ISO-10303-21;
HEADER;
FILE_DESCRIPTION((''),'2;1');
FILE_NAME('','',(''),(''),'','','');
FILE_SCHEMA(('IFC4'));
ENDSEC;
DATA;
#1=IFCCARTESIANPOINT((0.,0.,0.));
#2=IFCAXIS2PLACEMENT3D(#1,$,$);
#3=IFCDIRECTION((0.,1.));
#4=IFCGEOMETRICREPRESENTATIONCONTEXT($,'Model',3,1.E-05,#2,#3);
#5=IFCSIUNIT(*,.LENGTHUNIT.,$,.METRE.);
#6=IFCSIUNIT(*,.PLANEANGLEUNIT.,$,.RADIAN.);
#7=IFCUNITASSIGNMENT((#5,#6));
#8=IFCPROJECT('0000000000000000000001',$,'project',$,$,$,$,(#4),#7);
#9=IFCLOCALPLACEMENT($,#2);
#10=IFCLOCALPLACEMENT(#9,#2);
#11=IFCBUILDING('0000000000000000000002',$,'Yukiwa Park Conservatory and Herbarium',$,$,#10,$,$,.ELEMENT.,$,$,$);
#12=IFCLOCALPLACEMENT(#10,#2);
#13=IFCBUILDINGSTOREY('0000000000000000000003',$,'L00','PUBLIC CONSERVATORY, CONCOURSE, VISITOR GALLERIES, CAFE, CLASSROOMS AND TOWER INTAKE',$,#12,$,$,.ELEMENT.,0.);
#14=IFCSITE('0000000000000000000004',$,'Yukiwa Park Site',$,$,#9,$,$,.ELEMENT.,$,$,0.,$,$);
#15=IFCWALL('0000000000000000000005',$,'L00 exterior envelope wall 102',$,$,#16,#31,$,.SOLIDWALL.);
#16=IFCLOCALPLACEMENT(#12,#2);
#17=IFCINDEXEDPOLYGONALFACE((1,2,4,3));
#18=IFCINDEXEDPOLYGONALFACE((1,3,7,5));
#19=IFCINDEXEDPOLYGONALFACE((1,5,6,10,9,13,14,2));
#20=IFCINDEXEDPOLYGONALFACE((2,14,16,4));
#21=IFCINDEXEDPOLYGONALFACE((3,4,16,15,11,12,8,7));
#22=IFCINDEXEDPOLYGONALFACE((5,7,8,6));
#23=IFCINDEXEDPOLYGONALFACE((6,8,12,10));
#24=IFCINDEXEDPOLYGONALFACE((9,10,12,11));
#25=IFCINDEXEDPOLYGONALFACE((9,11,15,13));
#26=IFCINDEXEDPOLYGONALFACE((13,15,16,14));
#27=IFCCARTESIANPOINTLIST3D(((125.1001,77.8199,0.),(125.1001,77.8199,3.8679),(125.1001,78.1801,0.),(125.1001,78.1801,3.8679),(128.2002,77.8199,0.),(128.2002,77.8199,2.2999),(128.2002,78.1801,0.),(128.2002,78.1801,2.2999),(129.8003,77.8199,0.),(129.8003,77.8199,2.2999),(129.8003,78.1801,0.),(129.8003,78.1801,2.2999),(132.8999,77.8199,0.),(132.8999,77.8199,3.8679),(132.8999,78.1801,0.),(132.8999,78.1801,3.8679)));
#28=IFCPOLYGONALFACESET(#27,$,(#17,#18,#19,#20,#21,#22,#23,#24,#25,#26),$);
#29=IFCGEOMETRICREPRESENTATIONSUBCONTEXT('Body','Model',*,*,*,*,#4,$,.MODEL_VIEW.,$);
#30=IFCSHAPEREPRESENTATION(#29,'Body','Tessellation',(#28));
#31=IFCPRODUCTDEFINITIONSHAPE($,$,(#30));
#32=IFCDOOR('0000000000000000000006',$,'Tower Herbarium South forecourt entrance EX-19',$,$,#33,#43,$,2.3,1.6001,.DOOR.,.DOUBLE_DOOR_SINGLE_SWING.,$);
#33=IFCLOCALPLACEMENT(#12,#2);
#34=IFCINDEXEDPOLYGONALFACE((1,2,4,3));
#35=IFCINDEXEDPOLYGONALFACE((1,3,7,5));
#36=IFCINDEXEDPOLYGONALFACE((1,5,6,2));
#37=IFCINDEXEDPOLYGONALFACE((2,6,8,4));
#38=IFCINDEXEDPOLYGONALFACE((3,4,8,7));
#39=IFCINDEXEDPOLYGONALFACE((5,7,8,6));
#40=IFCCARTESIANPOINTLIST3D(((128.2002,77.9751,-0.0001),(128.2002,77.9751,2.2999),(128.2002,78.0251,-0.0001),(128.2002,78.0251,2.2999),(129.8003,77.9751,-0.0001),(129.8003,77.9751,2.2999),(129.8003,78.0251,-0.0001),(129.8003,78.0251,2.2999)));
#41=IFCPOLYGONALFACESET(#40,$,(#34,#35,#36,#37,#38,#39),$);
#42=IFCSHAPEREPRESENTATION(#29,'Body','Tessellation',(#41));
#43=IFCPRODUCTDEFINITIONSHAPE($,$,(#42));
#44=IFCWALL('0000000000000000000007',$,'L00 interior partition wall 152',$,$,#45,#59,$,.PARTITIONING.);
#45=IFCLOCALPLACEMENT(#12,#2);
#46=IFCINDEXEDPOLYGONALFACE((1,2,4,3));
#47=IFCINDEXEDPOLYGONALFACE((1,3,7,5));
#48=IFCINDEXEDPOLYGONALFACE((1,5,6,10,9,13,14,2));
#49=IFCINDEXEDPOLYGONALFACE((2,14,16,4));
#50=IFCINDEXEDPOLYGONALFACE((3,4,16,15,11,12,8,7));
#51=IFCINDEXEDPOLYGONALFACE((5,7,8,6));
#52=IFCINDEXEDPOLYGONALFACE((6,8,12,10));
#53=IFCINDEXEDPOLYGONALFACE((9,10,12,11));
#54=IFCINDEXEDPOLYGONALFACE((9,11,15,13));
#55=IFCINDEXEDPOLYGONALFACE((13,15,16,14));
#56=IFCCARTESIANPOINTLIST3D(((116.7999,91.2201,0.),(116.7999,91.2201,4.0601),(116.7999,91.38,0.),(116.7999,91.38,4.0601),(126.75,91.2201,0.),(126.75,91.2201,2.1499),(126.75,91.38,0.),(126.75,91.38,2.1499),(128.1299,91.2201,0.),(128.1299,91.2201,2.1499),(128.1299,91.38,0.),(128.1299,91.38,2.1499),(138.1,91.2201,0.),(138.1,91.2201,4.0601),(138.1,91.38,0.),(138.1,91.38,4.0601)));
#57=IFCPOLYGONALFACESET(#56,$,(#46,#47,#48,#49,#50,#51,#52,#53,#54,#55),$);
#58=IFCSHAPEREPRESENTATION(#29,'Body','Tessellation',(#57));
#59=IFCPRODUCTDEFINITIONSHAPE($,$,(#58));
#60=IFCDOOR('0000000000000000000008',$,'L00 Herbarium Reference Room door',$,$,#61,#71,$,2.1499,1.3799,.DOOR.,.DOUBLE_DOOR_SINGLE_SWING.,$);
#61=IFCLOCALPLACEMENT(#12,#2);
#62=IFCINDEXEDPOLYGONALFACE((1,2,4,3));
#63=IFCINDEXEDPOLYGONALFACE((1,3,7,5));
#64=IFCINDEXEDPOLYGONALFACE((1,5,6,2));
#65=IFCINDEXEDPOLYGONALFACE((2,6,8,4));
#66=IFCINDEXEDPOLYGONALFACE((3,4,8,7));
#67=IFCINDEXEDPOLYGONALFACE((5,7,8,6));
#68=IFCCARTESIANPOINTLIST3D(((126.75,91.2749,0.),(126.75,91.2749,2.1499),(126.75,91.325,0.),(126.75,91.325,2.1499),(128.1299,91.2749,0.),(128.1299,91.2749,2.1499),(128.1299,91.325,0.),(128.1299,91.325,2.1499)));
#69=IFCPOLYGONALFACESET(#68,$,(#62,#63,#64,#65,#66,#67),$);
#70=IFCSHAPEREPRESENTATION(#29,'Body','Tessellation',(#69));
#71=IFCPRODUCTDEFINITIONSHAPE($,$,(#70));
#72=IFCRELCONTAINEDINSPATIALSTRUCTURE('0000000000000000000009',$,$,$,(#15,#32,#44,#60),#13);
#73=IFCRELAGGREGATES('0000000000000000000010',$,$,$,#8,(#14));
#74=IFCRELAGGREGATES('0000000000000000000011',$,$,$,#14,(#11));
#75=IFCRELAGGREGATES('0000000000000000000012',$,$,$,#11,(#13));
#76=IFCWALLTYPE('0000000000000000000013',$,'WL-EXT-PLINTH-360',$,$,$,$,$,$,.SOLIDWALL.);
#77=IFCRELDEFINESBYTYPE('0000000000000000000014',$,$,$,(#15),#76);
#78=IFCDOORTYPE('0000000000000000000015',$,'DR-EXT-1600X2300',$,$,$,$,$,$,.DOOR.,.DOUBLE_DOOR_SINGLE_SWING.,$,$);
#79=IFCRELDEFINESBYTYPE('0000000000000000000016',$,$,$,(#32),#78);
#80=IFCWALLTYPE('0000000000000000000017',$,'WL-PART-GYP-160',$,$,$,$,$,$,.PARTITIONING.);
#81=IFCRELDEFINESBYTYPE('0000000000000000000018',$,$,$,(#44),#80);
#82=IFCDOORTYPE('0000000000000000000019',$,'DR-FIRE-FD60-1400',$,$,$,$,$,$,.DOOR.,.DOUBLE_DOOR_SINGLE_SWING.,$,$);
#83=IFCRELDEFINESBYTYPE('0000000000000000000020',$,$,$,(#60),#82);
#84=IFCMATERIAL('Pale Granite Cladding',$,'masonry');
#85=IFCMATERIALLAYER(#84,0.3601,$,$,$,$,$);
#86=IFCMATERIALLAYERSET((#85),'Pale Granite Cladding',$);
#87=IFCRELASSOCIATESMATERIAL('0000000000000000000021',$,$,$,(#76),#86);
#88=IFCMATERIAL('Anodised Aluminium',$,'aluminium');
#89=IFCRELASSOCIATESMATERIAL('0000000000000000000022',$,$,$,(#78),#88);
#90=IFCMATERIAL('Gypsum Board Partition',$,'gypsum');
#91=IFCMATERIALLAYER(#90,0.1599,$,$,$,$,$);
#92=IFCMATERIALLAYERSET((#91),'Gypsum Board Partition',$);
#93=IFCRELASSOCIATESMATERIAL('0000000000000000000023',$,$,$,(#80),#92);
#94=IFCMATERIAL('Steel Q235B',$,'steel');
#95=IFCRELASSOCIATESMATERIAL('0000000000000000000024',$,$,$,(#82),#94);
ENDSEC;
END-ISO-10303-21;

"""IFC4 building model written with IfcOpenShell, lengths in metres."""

from ifc_helpers import new_model, si_unit, direction, frame, frame_2d, origin, place, context, subcontext, project, spatial, rectangle, extrude, material, layer, layer_set, type_object, element, fill, save


model = new_model("IFC4")

# Units and contexts
model_context = context("Model", 3, precision=1e-05, world=origin(), true_north=direction((0.0, 1.0)))
body_context = subcontext(model_context, "Body", "Model", "MODEL_VIEW")
ifc_project = project(units=[si_unit("LENGTHUNIT", "METRE"), si_unit("PLANEANGLEUNIT", "RADIAN")], contexts=[model_context])

# Site, building, storey
site_placement = place(None, origin())
site = spatial("IfcSite", under=ifc_project, at=site_placement, Name="Yukiwa Park Site", CompositionType="ELEMENT", RefElevation=0.0)
building_placement = place(site_placement, origin())
building = spatial("IfcBuilding", under=site, at=building_placement, Name="Yukiwa Park Conservatory and Herbarium", CompositionType="ELEMENT")
storey_placement = place(building_placement, origin())
storey = spatial("IfcBuildingStorey", under=building, at=storey_placement, Name="L00", Description="PUBLIC CONSERVATORY, CONCOURSE, VISITOR GALLERIES, CAFE, CLASSROOMS AND TOWER INTAKE", CompositionType="ELEMENT", Elevation=0.0)

# Shared definitions
ifc_material_1 = material(Name="Pale Granite Cladding", Category="masonry")
ifc_layer_1 = layer(ifc_material_1, 0.3601)
ifc_layer_set_1 = layer_set([ifc_layer_1], Name="Pale Granite Cladding")
wall_type_1 = type_object("IfcWallType", Name="WL-EXT-PLINTH-360", PredefinedType="SOLIDWALL", material=ifc_layer_set_1)

# Walls, openings, doors
wall_1_placement = place(storey_placement, frame((125.1001, 78.0, 0.0), z_axis=(0.0, 0.0, 1.0), x_axis=(1.0, 0.0, 0.0)))
wall_1 = element("IfcWall", 1, at=wall_1_placement, inside=storey, type_object=wall_type_1, Name="L00 exterior envelope wall 102", PredefinedType="SOLIDWALL", context=body_context, shape_type="SweptSolid", body=[
    extrude(rectangle(XDim=7.7998, YDim=0.3601, at=frame_2d((3.8999, 0.0))), origin(), (0.0, 0.0, 1.0), 3.8679),
])
opening_1_placement = place(wall_1_placement, frame((3.1001, 0.0, 0.0)))
opening_1 = element("IfcOpeningElement", 2, at=opening_1_placement, cuts=wall_1, PredefinedType="OPENING", context=body_context, shape_type="SweptSolid", body=[
    extrude(rectangle(XDim=1.6001, YDim=2.3, at=frame_2d((0.8, 1.1499))), frame((0.0, 0.1899, 0.0), z_axis=(0.0, -1.0, 0.0), x_axis=(1.0, 0.0, 0.0)), (0.0, 0.0, 1.0), 0.3801),
])
ifc_material_2 = material(Name="Anodised Aluminium", Category="aluminium")
door_type_1 = type_object("IfcDoorType", Name="DR-EXT-1600X2300", OperationType="DOUBLE_DOOR_SINGLE_SWING", PredefinedType="DOOR", material=ifc_material_2)
door_1_placement = place(opening_1_placement, frame((1.6001, 0.0, 0.0), z_axis=(0.0, 0.0, 1.0), x_axis=(-1.0, 0.0, 0.0)))
door_1 = element("IfcDoor", 3, at=door_1_placement, inside=storey, type_object=door_type_1, Name="Tower Herbarium South forecourt entrance EX-19", OperationType="DOUBLE_DOOR_SINGLE_SWING", OverallHeight=2.3, OverallWidth=1.6001, PredefinedType="DOOR", context=body_context, shape_type="SweptSolid", body=[
    extrude(rectangle(XDim=1.6001, YDim=2.3, at=frame_2d((0.8, 1.1499))), frame((0.0, 0.0249, 0.0), z_axis=(0.0, -1.0, 0.0), x_axis=(1.0, 0.0, 0.0)), (0.0, 0.0, 1.0), 0.05),
])
fill(opening_1, door_1)
ifc_material_3 = material(Name="Gypsum Board Partition", Category="gypsum")
ifc_layer_2 = layer(ifc_material_3, 0.1599)
ifc_layer_set_2 = layer_set([ifc_layer_2], Name="Gypsum Board Partition")
wall_type_2 = type_object("IfcWallType", Name="WL-PART-GYP-160", PredefinedType="PARTITIONING", material=ifc_layer_set_2)
wall_2_placement = place(storey_placement, frame((116.8, 91.3, 0.0), z_axis=(0.0, 0.0, 1.0), x_axis=(1.0, 0.0, 0.0)))
wall_2 = element("IfcWall", 4, at=wall_2_placement, inside=storey, type_object=wall_type_2, Name="L00 interior partition wall 152", PredefinedType="PARTITIONING", context=body_context, shape_type="SweptSolid", body=[
    extrude(rectangle(XDim=21.3, YDim=0.1599, at=frame_2d((10.6499, 0.0))), origin(), (0.0, 0.0, 1.0), 4.0601),
])
opening_2_placement = place(wall_2_placement, frame((9.95, 0.0, 0.0)))
opening_2 = element("IfcOpeningElement", 5, at=opening_2_placement, cuts=wall_2, PredefinedType="OPENING", context=body_context, shape_type="SweptSolid", body=[
    extrude(rectangle(XDim=1.3799, YDim=2.1499, at=frame_2d((0.6899, 1.075))), frame((0.0, 0.0898, 0.0), z_axis=(0.0, -1.0, 0.0), x_axis=(1.0, 0.0, 0.0)), (0.0, 0.0, 1.0), 0.1799),
])
ifc_material_4 = material(Name="Steel Q235B", Category="steel")
door_type_2 = type_object("IfcDoorType", Name="DR-FIRE-FD60-1400", OperationType="DOUBLE_DOOR_SINGLE_SWING", PredefinedType="DOOR", material=ifc_material_4)
door_2_placement = place(opening_2_placement, origin())
door_2 = element("IfcDoor", 6, at=door_2_placement, inside=storey, type_object=door_type_2, Name="L00 Herbarium Reference Room door", OperationType="DOUBLE_DOOR_SINGLE_SWING", OverallHeight=2.1499, OverallWidth=1.3799, PredefinedType="DOOR", context=body_context, shape_type="SweptSolid", body=[
    extrude(rectangle(XDim=1.3799, YDim=2.1499, at=frame_2d((0.6899, 1.075))), frame((0.0, 0.0249, 0.0), z_axis=(0.0, -1.0, 0.0), x_axis=(1.0, 0.0, 0.0)), (0.0, 0.0, 1.0), 0.05),
])
fill(opening_2, door_2)

save(model, "model.ifc")
